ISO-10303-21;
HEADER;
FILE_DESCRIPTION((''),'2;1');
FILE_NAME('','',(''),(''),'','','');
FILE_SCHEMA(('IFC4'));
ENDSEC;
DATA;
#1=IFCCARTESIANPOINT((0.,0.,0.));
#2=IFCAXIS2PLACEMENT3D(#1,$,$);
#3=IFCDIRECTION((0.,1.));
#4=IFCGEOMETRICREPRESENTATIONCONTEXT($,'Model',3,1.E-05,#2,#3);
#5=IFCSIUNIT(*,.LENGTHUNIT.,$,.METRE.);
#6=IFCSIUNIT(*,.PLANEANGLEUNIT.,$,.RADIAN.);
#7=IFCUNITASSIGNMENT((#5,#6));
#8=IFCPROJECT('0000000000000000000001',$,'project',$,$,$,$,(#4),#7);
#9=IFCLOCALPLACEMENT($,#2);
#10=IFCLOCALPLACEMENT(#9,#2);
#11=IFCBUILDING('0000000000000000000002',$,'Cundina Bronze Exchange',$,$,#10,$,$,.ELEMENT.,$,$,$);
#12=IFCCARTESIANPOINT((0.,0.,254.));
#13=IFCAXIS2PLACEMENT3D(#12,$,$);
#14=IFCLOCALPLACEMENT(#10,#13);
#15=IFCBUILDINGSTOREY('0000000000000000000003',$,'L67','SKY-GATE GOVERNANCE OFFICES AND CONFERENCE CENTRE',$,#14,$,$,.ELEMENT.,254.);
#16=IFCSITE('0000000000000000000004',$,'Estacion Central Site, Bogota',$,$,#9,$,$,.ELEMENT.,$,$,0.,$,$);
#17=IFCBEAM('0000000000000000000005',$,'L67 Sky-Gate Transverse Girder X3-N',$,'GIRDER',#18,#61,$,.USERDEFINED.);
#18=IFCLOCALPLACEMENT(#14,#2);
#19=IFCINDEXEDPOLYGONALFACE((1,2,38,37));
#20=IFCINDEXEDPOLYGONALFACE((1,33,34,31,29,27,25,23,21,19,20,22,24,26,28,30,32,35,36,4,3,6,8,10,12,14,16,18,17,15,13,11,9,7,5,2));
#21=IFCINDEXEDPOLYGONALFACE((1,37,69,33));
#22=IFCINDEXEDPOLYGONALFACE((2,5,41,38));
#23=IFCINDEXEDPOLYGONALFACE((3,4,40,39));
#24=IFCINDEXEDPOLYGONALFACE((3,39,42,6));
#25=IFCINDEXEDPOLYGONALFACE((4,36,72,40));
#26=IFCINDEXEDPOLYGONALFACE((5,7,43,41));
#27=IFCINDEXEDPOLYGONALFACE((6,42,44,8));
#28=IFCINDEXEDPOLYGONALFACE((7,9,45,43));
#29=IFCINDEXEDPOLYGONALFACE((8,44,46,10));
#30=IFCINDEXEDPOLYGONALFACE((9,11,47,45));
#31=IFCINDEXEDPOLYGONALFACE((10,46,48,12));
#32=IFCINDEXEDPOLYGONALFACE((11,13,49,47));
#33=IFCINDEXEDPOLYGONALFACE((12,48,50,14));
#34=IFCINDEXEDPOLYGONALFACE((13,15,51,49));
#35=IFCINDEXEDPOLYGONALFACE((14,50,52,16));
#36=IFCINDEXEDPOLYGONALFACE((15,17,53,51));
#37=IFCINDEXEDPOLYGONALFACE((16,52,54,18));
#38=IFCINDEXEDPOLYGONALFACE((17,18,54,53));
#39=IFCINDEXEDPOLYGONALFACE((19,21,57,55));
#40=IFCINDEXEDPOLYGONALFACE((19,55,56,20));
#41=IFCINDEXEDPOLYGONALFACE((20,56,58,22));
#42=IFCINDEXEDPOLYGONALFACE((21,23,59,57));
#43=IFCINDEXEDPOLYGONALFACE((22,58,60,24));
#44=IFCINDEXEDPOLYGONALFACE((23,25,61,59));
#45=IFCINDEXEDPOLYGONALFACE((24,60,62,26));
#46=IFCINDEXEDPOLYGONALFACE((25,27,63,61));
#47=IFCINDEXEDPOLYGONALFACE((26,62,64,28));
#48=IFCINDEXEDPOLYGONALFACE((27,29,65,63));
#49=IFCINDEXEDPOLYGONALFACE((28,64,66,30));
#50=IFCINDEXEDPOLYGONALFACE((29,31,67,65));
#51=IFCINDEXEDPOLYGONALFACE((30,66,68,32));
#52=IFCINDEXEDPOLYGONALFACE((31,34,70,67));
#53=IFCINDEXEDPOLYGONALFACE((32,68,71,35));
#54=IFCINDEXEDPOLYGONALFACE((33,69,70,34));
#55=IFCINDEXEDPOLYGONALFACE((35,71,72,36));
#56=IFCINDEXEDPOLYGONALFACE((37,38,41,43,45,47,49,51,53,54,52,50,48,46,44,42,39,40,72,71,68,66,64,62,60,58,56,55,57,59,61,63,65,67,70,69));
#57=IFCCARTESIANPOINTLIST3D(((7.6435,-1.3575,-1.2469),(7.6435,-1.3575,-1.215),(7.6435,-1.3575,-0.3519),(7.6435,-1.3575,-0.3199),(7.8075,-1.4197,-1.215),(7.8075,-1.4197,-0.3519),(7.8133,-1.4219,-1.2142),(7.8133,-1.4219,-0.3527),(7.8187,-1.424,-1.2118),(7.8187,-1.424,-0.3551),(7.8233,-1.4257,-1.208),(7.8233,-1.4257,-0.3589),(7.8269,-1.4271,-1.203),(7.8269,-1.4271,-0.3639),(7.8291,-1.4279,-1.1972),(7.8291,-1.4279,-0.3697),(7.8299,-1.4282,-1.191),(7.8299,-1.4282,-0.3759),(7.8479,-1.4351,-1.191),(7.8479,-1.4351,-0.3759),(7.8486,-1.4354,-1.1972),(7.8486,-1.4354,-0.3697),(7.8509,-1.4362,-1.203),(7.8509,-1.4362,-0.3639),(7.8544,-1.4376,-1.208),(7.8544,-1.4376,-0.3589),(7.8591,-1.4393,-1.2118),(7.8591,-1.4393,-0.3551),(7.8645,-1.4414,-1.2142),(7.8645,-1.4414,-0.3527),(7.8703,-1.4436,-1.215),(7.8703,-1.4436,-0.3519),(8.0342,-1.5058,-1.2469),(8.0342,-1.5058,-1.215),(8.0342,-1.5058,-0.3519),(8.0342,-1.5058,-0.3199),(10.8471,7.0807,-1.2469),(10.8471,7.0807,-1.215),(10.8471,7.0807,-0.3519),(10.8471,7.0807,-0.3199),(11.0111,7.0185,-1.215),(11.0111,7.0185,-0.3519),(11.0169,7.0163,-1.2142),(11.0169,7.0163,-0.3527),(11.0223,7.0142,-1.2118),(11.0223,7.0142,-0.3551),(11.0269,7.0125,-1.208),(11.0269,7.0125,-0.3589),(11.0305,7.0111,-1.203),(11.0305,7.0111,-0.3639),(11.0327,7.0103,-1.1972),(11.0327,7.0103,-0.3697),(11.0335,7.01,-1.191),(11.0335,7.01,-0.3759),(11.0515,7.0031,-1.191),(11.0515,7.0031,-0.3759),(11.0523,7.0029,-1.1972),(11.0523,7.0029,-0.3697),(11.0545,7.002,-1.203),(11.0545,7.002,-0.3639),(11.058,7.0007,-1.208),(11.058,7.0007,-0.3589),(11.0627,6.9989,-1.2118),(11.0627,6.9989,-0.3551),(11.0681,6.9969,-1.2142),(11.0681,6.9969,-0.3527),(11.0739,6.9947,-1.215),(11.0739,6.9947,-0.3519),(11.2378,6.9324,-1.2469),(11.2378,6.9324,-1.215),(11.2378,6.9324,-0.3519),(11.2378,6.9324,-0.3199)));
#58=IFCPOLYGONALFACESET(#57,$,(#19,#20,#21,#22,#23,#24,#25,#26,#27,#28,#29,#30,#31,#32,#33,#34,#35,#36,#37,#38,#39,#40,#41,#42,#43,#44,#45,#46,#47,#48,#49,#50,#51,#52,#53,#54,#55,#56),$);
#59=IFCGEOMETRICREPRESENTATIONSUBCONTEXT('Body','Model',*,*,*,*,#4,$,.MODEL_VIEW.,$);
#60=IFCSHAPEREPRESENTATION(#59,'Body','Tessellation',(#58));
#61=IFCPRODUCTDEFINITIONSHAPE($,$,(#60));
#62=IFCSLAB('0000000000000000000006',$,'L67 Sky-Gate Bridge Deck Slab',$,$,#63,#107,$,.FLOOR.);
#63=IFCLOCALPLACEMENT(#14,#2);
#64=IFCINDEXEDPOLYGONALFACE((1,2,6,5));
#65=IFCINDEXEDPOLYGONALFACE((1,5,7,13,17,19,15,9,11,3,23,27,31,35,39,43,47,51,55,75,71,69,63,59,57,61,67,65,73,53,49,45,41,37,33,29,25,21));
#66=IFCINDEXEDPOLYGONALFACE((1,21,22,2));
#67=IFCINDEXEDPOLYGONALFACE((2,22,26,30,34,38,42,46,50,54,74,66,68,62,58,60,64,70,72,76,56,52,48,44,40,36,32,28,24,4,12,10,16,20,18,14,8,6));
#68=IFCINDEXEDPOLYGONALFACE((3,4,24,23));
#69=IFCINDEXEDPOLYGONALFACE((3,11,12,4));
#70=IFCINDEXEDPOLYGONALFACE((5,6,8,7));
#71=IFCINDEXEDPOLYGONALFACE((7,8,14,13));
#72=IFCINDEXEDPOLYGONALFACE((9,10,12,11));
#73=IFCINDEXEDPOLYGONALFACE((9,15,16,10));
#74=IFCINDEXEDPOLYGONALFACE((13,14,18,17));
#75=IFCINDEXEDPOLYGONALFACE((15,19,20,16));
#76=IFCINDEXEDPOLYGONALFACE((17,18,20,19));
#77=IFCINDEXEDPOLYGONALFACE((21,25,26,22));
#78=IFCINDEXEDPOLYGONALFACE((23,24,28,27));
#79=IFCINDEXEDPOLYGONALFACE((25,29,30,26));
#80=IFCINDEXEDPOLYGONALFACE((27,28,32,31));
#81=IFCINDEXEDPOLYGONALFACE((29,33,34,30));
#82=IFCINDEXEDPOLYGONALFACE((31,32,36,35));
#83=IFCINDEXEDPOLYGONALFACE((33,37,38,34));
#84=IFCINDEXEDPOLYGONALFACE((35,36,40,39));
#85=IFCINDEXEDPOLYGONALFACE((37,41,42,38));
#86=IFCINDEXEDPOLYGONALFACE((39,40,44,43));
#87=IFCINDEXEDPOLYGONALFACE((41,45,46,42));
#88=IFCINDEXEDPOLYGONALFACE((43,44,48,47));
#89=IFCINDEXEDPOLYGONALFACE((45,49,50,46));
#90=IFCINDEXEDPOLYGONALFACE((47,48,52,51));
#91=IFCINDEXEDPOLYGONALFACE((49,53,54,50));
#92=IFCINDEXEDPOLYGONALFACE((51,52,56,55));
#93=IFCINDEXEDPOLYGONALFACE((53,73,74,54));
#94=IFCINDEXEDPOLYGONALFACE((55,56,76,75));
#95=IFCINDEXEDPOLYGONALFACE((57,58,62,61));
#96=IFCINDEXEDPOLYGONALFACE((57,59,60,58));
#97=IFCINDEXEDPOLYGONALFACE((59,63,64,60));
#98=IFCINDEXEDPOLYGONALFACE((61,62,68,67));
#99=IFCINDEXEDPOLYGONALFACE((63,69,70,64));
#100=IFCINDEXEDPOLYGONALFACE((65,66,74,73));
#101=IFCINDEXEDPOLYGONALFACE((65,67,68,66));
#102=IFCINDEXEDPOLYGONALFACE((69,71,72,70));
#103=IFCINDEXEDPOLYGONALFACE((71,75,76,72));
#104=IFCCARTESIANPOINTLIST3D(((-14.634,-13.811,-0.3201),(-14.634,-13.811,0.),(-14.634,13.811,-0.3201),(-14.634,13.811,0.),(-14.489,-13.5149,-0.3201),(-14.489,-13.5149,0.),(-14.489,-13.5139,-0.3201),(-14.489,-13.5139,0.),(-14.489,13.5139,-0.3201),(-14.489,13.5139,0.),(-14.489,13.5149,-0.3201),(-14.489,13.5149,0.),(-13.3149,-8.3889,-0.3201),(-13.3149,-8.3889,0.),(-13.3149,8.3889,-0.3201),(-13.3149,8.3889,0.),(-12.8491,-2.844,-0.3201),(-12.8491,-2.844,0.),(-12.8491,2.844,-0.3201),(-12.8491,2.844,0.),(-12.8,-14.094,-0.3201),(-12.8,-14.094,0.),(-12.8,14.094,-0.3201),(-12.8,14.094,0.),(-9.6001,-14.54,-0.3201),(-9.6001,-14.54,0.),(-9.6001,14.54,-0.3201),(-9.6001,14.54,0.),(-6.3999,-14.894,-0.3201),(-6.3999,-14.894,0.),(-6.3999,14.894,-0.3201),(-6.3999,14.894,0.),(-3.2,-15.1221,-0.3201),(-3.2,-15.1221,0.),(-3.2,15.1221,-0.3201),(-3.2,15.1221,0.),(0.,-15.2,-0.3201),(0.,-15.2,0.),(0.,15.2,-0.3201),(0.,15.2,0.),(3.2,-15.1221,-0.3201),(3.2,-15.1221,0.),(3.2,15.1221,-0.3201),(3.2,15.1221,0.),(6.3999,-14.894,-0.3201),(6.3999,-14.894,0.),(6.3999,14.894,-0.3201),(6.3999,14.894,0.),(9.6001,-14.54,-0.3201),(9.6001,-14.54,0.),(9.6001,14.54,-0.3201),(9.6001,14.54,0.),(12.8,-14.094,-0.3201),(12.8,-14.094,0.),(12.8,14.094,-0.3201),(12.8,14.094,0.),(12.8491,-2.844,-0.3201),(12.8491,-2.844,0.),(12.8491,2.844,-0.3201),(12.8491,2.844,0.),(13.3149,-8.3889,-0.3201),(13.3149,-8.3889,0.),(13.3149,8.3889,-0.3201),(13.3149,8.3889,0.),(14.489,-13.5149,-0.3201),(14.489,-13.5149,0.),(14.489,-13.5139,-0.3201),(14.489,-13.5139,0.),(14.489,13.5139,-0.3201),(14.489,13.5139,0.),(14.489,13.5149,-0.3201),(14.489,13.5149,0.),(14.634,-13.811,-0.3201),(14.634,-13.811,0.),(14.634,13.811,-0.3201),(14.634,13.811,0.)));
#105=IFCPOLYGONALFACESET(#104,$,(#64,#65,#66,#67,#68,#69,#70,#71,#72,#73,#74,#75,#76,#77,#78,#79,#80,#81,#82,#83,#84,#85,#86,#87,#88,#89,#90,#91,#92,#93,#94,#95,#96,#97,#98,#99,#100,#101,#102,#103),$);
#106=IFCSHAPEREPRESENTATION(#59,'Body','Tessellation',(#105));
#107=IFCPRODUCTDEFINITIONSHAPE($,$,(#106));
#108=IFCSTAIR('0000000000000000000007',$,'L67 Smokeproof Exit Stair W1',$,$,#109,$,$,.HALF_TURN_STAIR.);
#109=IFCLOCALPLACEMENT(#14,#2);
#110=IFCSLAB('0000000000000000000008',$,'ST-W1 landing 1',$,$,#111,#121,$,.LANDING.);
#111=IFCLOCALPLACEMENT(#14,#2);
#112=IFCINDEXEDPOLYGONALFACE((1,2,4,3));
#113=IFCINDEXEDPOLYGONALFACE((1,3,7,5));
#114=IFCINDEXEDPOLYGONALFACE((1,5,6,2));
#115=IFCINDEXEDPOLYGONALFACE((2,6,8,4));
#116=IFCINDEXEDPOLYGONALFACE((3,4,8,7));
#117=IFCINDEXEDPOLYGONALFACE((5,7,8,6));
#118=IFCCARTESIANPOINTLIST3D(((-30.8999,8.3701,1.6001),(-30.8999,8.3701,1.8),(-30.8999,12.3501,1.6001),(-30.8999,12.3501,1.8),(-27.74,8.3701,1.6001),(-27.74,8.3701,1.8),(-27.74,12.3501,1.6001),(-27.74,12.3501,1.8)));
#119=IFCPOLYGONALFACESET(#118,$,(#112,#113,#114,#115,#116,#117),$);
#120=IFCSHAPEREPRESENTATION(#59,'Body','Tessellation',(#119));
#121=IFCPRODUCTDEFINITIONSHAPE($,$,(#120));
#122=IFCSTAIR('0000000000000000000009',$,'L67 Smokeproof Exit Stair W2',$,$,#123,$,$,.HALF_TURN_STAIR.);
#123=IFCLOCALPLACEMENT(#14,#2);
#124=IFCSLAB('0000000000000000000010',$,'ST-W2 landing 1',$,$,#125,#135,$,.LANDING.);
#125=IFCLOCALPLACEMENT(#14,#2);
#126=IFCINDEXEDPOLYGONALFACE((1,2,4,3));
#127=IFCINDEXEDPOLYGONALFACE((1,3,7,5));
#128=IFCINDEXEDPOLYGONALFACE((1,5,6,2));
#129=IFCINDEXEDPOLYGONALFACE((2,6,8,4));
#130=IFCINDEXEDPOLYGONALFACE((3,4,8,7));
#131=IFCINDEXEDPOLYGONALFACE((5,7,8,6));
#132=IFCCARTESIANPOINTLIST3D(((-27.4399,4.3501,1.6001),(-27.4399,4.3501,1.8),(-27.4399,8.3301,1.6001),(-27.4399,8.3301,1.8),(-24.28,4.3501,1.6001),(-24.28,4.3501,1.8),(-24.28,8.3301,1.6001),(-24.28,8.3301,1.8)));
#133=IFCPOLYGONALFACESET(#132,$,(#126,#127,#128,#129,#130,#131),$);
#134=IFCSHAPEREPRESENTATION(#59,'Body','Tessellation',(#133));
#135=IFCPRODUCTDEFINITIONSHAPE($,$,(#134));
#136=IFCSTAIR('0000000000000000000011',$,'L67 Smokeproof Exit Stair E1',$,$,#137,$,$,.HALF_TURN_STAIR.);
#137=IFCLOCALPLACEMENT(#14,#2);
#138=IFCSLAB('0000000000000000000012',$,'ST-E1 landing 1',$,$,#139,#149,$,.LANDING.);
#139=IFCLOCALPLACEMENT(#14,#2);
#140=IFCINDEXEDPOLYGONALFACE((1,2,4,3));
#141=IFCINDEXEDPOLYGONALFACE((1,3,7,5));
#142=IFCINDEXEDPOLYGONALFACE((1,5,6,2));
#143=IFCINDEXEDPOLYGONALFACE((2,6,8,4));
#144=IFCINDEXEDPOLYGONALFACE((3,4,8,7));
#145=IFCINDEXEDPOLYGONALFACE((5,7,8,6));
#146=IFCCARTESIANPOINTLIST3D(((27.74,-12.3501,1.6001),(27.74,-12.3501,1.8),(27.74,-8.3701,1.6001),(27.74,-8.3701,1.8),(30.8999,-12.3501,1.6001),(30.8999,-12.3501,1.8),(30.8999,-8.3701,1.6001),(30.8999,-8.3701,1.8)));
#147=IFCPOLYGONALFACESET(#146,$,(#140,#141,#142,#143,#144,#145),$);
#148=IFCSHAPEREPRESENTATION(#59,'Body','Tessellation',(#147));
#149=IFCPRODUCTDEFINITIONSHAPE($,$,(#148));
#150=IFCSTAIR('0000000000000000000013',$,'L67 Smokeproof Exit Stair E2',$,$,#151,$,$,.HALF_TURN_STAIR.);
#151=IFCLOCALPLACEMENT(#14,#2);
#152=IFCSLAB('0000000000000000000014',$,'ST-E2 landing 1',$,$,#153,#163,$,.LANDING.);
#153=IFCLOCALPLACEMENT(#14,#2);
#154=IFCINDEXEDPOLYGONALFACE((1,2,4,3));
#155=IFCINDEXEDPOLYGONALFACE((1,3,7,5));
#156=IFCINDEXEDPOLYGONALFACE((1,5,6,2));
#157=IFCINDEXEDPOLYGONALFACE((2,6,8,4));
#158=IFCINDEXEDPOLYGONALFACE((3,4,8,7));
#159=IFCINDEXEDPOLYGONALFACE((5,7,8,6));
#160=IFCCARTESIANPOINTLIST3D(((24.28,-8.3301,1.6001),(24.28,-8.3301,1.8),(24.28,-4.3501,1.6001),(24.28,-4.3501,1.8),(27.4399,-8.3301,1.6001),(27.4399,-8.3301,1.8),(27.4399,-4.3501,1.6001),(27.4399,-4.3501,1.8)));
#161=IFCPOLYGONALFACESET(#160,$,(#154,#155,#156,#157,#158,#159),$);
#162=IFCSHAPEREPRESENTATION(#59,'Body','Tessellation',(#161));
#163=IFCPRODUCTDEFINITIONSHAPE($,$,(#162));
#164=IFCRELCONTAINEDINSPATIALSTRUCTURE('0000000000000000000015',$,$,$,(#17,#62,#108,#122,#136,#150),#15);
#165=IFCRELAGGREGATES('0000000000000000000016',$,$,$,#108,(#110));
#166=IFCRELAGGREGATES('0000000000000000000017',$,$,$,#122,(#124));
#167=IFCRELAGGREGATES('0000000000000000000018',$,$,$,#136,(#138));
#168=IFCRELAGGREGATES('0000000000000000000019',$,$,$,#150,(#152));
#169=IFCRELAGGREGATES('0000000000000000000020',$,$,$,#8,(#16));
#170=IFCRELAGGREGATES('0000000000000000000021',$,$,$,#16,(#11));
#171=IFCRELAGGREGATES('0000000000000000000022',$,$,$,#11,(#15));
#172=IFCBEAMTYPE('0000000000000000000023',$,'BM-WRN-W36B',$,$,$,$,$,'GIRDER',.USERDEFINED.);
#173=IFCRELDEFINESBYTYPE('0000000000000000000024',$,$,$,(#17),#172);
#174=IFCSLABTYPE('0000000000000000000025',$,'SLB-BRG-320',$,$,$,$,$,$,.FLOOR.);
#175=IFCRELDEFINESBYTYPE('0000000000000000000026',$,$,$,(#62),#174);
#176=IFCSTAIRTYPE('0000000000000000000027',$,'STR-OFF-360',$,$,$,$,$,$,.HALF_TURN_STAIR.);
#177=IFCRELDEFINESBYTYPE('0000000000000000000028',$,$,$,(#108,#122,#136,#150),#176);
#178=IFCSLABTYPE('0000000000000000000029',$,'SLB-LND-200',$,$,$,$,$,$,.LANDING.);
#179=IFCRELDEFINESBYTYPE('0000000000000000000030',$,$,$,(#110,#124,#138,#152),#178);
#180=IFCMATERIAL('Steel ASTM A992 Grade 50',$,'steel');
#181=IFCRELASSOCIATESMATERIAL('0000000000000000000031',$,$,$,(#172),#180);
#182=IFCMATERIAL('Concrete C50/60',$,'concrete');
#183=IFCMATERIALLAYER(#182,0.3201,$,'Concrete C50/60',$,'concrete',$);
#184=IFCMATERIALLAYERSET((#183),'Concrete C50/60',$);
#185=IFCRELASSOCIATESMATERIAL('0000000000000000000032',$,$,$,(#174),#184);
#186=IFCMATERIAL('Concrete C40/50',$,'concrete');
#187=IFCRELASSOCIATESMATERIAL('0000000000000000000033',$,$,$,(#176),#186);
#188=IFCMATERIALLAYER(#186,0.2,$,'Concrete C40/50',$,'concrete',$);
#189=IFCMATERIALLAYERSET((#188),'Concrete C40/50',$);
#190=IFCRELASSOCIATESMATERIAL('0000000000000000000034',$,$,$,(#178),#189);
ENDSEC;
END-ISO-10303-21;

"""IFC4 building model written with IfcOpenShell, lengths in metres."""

from ifc_helpers import new_model, si_unit, direction, frame, origin, origin_2d, place, context, subcontext, project, spatial, polyline, i_section, outline, extrude, material, layer, layer_set, material_profile, profile_set, type_object, element, aggregate, save


model = new_model("IFC4")

# Units and contexts
model_context = context("Model", 3, precision=1e-05, world=origin(), true_north=direction((0.0, 1.0)))
body_context = subcontext(model_context, "Body", "Model", "MODEL_VIEW")
ifc_project = project(units=[si_unit("LENGTHUNIT", "METRE"), si_unit("PLANEANGLEUNIT", "RADIAN")], contexts=[model_context])

# Site, building, storey
site_placement = place(None, origin())
site = spatial("IfcSite", under=ifc_project, at=site_placement, Name="Estacion Central Site, Bogota", CompositionType="ELEMENT", RefElevation=0.0)
building_placement = place(site_placement, origin())
building = spatial("IfcBuilding", under=site, at=building_placement, Name="Cundina Bronze Exchange", CompositionType="ELEMENT")
storey_placement = place(building_placement, frame((0.0, 0.0, 254.0)))
storey = spatial("IfcBuildingStorey", under=building, at=storey_placement, Name="L67", Description="SKY-GATE GOVERNANCE OFFICES AND CONFERENCE CENTRE", CompositionType="ELEMENT", Elevation=254.0)

# Shared definitions
ifc_material_1 = material(Name="Concrete C50/60", Category="concrete")

# Beam
ifc_material_2 = material(Name="Steel ASTM A992 Grade 50", Category="steel")
ifc_material_profile_1 = material_profile(ifc_material_2, i_section(OverallWidth=0.418, OverallDepth=0.927, WebThickness=0.0193, FlangeThickness=0.032, FilletRadius=0.0239, at=origin_2d()), Name="W36X231", Category="steel")
ifc_profile_set_1 = profile_set([ifc_material_profile_1], Name="Steel ASTM A992 Grade 50")
beam_type_1 = type_object("IfcBeamType", Name="BM-WRN-W36B", ElementType="GIRDER", PredefinedType="USERDEFINED", material=ifc_profile_set_1)
beam_1_placement = place(storey_placement, frame((7.8389, -1.4316, -0.7834), z_axis=(0.354936, 0.934891, 0.0), x_axis=(-0.934891, 0.354936, 0.0)))
element("IfcBeam", 1, at=beam_1_placement, inside=storey, type_object=beam_type_1, Name="L67 Sky-Gate Transverse Girder X3-N", ObjectType="GIRDER", PredefinedType="USERDEFINED", context=body_context, shape_type="SweptSolid", body=[
    extrude(i_section(OverallWidth=0.418, OverallDepth=0.927, WebThickness=0.0193, FlangeThickness=0.032, FilletRadius=0.0239, at=origin_2d()), origin(), (0.0, 0.0, 1.0), 9.0259),
])

# Slab
ifc_layer_1 = layer(ifc_material_1, 0.3201, Name="Concrete C50/60", Category="concrete")
ifc_layer_set_1 = layer_set([ifc_layer_1], Name="Concrete C50/60")
slab_type_1 = type_object("IfcSlabType", Name="SLB-BRG-320", PredefinedType="FLOOR", material=ifc_layer_set_1)
slab_1_placement = place(storey_placement, frame((0.0, 0.0, -0.3201)))
element("IfcSlab", 2, at=slab_1_placement, inside=storey, type_object=slab_type_1, Name="L67 Sky-Gate Bridge Deck Slab", PredefinedType="FLOOR", context=body_context, shape_type="SweptSolid", body=[
    extrude(outline(polyline([(12.8, -14.094), (9.6001, -14.54), (6.3999, -14.894), (3.2, -15.1221), (0.0, -15.2), (-3.2, -15.1221), (-6.3999, -14.894), (-9.6001, -14.54), (-12.8, -14.094), (-14.634, -13.811), (-14.489, -13.5149), (-14.489, -13.5149), (-14.489, -13.5139), (-13.3149, -8.3889), (-13.3149, -8.3889), (-12.8491, -2.844), (-12.8491, -2.844), (-12.8491, 2.844), (-12.8491, 2.844), (-13.3149, 8.3889), (-13.3149, 8.3889), (-14.489, 13.5139), (-14.489, 13.5149), (-14.489, 13.5149), (-14.634, 13.811), (-12.8, 14.094), (-9.6001, 14.54), (-6.3999, 14.894), (-3.2, 15.1221), (0.0, 15.2), (3.2, 15.1221), (6.3999, 14.894), (9.6001, 14.54), (12.8, 14.094), (14.634, 13.811), (14.489, 13.5149), (14.489, 13.5149), (14.489, 13.5139), (13.3149, 8.3889), (13.3149, 8.3889), (12.8491, 2.844), (12.8491, 2.844), (12.8491, -2.844), (12.8491, -2.844), (13.3149, -8.3889), (13.3149, -8.3889), (14.489, -13.5139), (14.489, -13.5149), (14.489, -13.5149), (14.634, -13.811), (12.8, -14.094)])), origin(), (0.0, 0.0, 1.0), 0.3201),
])

# Stairs, slabs
ifc_material_3 = material(Name="Concrete C40/50", Category="concrete")
stair_type = type_object("IfcStairType", Name="STR-OFF-360", PredefinedType="HALF_TURN_STAIR", material=ifc_material_3)
stair_1_placement = place(storey_placement, origin())
stair_1 = element("IfcStair", 3, at=stair_1_placement, inside=storey, type_object=stair_type, Name="L67 Smokeproof Exit Stair W1", PredefinedType="HALF_TURN_STAIR")
ifc_layer_2 = layer(ifc_material_3, 0.2, Name="Concrete C40/50", Category="concrete")
ifc_layer_set_2 = layer_set([ifc_layer_2], Name="Concrete C40/50")
slab_type_2 = type_object("IfcSlabType", Name="SLB-LND-200", PredefinedType="LANDING", material=ifc_layer_set_2)
slab_2_placement = place(storey_placement, frame((0.0, 0.0, 1.6001)))
slab_2 = element("IfcSlab", 4, at=slab_2_placement, type_object=slab_type_2, Name="ST-W1 landing 1", PredefinedType="LANDING", context=body_context, shape_type="SweptSolid", body=[
    extrude(outline(polyline([(-27.74, 8.3701), (-27.74, 12.3501), (-30.8999, 12.3501), (-30.8999, 8.3701), (-27.74, 8.3701)])), origin(), (0.0, 0.0, 1.0), 0.2),
])
aggregate(stair_1, [slab_2])
stair_2_placement = place(storey_placement, origin())
stair_2 = element("IfcStair", 5, at=stair_2_placement, inside=storey, type_object=stair_type, Name="L67 Smokeproof Exit Stair W2", PredefinedType="HALF_TURN_STAIR")
slab_3_placement = place(storey_placement, frame((0.0, 0.0, 1.6001)))
slab_3 = element("IfcSlab", 6, at=slab_3_placement, type_object=slab_type_2, Name="ST-W2 landing 1", PredefinedType="LANDING", context=body_context, shape_type="SweptSolid", body=[
    extrude(outline(polyline([(-27.4399, 8.3301), (-27.4399, 4.3501), (-24.28, 4.3501), (-24.28, 8.3301), (-27.4399, 8.3301)])), origin(), (0.0, 0.0, 1.0), 0.2),
])
aggregate(stair_2, [slab_3])
stair_3_placement = place(storey_placement, origin())
stair_3 = element("IfcStair", 7, at=stair_3_placement, inside=storey, type_object=stair_type, Name="L67 Smokeproof Exit Stair E1", PredefinedType="HALF_TURN_STAIR")
slab_4_placement = place(storey_placement, frame((0.0, 0.0, 1.6001)))
slab_4 = element("IfcSlab", 8, at=slab_4_placement, type_object=slab_type_2, Name="ST-E1 landing 1", PredefinedType="LANDING", context=body_context, shape_type="SweptSolid", body=[
    extrude(outline(polyline([(27.74, -8.3701), (27.74, -12.3501), (30.8999, -12.3501), (30.8999, -8.3701), (27.74, -8.3701)])), origin(), (0.0, 0.0, 1.0), 0.2),
])
aggregate(stair_3, [slab_4])
stair_4_placement = place(storey_placement, origin())
stair_4 = element("IfcStair", 9, at=stair_4_placement, inside=storey, type_object=stair_type, Name="L67 Smokeproof Exit Stair E2", PredefinedType="HALF_TURN_STAIR")
slab_5_placement = place(storey_placement, frame((0.0, 0.0, 1.6001)))
slab_5 = element("IfcSlab", 10, at=slab_5_placement, type_object=slab_type_2, Name="ST-E2 landing 1", PredefinedType="LANDING", context=body_context, shape_type="SweptSolid", body=[
    extrude(outline(polyline([(27.4399, -8.3301), (27.4399, -4.3501), (24.28, -4.3501), (24.28, -8.3301), (27.4399, -8.3301)])), origin(), (0.0, 0.0, 1.0), 0.2),
])
aggregate(stair_4, [slab_5])

save(model, "model.ifc")
